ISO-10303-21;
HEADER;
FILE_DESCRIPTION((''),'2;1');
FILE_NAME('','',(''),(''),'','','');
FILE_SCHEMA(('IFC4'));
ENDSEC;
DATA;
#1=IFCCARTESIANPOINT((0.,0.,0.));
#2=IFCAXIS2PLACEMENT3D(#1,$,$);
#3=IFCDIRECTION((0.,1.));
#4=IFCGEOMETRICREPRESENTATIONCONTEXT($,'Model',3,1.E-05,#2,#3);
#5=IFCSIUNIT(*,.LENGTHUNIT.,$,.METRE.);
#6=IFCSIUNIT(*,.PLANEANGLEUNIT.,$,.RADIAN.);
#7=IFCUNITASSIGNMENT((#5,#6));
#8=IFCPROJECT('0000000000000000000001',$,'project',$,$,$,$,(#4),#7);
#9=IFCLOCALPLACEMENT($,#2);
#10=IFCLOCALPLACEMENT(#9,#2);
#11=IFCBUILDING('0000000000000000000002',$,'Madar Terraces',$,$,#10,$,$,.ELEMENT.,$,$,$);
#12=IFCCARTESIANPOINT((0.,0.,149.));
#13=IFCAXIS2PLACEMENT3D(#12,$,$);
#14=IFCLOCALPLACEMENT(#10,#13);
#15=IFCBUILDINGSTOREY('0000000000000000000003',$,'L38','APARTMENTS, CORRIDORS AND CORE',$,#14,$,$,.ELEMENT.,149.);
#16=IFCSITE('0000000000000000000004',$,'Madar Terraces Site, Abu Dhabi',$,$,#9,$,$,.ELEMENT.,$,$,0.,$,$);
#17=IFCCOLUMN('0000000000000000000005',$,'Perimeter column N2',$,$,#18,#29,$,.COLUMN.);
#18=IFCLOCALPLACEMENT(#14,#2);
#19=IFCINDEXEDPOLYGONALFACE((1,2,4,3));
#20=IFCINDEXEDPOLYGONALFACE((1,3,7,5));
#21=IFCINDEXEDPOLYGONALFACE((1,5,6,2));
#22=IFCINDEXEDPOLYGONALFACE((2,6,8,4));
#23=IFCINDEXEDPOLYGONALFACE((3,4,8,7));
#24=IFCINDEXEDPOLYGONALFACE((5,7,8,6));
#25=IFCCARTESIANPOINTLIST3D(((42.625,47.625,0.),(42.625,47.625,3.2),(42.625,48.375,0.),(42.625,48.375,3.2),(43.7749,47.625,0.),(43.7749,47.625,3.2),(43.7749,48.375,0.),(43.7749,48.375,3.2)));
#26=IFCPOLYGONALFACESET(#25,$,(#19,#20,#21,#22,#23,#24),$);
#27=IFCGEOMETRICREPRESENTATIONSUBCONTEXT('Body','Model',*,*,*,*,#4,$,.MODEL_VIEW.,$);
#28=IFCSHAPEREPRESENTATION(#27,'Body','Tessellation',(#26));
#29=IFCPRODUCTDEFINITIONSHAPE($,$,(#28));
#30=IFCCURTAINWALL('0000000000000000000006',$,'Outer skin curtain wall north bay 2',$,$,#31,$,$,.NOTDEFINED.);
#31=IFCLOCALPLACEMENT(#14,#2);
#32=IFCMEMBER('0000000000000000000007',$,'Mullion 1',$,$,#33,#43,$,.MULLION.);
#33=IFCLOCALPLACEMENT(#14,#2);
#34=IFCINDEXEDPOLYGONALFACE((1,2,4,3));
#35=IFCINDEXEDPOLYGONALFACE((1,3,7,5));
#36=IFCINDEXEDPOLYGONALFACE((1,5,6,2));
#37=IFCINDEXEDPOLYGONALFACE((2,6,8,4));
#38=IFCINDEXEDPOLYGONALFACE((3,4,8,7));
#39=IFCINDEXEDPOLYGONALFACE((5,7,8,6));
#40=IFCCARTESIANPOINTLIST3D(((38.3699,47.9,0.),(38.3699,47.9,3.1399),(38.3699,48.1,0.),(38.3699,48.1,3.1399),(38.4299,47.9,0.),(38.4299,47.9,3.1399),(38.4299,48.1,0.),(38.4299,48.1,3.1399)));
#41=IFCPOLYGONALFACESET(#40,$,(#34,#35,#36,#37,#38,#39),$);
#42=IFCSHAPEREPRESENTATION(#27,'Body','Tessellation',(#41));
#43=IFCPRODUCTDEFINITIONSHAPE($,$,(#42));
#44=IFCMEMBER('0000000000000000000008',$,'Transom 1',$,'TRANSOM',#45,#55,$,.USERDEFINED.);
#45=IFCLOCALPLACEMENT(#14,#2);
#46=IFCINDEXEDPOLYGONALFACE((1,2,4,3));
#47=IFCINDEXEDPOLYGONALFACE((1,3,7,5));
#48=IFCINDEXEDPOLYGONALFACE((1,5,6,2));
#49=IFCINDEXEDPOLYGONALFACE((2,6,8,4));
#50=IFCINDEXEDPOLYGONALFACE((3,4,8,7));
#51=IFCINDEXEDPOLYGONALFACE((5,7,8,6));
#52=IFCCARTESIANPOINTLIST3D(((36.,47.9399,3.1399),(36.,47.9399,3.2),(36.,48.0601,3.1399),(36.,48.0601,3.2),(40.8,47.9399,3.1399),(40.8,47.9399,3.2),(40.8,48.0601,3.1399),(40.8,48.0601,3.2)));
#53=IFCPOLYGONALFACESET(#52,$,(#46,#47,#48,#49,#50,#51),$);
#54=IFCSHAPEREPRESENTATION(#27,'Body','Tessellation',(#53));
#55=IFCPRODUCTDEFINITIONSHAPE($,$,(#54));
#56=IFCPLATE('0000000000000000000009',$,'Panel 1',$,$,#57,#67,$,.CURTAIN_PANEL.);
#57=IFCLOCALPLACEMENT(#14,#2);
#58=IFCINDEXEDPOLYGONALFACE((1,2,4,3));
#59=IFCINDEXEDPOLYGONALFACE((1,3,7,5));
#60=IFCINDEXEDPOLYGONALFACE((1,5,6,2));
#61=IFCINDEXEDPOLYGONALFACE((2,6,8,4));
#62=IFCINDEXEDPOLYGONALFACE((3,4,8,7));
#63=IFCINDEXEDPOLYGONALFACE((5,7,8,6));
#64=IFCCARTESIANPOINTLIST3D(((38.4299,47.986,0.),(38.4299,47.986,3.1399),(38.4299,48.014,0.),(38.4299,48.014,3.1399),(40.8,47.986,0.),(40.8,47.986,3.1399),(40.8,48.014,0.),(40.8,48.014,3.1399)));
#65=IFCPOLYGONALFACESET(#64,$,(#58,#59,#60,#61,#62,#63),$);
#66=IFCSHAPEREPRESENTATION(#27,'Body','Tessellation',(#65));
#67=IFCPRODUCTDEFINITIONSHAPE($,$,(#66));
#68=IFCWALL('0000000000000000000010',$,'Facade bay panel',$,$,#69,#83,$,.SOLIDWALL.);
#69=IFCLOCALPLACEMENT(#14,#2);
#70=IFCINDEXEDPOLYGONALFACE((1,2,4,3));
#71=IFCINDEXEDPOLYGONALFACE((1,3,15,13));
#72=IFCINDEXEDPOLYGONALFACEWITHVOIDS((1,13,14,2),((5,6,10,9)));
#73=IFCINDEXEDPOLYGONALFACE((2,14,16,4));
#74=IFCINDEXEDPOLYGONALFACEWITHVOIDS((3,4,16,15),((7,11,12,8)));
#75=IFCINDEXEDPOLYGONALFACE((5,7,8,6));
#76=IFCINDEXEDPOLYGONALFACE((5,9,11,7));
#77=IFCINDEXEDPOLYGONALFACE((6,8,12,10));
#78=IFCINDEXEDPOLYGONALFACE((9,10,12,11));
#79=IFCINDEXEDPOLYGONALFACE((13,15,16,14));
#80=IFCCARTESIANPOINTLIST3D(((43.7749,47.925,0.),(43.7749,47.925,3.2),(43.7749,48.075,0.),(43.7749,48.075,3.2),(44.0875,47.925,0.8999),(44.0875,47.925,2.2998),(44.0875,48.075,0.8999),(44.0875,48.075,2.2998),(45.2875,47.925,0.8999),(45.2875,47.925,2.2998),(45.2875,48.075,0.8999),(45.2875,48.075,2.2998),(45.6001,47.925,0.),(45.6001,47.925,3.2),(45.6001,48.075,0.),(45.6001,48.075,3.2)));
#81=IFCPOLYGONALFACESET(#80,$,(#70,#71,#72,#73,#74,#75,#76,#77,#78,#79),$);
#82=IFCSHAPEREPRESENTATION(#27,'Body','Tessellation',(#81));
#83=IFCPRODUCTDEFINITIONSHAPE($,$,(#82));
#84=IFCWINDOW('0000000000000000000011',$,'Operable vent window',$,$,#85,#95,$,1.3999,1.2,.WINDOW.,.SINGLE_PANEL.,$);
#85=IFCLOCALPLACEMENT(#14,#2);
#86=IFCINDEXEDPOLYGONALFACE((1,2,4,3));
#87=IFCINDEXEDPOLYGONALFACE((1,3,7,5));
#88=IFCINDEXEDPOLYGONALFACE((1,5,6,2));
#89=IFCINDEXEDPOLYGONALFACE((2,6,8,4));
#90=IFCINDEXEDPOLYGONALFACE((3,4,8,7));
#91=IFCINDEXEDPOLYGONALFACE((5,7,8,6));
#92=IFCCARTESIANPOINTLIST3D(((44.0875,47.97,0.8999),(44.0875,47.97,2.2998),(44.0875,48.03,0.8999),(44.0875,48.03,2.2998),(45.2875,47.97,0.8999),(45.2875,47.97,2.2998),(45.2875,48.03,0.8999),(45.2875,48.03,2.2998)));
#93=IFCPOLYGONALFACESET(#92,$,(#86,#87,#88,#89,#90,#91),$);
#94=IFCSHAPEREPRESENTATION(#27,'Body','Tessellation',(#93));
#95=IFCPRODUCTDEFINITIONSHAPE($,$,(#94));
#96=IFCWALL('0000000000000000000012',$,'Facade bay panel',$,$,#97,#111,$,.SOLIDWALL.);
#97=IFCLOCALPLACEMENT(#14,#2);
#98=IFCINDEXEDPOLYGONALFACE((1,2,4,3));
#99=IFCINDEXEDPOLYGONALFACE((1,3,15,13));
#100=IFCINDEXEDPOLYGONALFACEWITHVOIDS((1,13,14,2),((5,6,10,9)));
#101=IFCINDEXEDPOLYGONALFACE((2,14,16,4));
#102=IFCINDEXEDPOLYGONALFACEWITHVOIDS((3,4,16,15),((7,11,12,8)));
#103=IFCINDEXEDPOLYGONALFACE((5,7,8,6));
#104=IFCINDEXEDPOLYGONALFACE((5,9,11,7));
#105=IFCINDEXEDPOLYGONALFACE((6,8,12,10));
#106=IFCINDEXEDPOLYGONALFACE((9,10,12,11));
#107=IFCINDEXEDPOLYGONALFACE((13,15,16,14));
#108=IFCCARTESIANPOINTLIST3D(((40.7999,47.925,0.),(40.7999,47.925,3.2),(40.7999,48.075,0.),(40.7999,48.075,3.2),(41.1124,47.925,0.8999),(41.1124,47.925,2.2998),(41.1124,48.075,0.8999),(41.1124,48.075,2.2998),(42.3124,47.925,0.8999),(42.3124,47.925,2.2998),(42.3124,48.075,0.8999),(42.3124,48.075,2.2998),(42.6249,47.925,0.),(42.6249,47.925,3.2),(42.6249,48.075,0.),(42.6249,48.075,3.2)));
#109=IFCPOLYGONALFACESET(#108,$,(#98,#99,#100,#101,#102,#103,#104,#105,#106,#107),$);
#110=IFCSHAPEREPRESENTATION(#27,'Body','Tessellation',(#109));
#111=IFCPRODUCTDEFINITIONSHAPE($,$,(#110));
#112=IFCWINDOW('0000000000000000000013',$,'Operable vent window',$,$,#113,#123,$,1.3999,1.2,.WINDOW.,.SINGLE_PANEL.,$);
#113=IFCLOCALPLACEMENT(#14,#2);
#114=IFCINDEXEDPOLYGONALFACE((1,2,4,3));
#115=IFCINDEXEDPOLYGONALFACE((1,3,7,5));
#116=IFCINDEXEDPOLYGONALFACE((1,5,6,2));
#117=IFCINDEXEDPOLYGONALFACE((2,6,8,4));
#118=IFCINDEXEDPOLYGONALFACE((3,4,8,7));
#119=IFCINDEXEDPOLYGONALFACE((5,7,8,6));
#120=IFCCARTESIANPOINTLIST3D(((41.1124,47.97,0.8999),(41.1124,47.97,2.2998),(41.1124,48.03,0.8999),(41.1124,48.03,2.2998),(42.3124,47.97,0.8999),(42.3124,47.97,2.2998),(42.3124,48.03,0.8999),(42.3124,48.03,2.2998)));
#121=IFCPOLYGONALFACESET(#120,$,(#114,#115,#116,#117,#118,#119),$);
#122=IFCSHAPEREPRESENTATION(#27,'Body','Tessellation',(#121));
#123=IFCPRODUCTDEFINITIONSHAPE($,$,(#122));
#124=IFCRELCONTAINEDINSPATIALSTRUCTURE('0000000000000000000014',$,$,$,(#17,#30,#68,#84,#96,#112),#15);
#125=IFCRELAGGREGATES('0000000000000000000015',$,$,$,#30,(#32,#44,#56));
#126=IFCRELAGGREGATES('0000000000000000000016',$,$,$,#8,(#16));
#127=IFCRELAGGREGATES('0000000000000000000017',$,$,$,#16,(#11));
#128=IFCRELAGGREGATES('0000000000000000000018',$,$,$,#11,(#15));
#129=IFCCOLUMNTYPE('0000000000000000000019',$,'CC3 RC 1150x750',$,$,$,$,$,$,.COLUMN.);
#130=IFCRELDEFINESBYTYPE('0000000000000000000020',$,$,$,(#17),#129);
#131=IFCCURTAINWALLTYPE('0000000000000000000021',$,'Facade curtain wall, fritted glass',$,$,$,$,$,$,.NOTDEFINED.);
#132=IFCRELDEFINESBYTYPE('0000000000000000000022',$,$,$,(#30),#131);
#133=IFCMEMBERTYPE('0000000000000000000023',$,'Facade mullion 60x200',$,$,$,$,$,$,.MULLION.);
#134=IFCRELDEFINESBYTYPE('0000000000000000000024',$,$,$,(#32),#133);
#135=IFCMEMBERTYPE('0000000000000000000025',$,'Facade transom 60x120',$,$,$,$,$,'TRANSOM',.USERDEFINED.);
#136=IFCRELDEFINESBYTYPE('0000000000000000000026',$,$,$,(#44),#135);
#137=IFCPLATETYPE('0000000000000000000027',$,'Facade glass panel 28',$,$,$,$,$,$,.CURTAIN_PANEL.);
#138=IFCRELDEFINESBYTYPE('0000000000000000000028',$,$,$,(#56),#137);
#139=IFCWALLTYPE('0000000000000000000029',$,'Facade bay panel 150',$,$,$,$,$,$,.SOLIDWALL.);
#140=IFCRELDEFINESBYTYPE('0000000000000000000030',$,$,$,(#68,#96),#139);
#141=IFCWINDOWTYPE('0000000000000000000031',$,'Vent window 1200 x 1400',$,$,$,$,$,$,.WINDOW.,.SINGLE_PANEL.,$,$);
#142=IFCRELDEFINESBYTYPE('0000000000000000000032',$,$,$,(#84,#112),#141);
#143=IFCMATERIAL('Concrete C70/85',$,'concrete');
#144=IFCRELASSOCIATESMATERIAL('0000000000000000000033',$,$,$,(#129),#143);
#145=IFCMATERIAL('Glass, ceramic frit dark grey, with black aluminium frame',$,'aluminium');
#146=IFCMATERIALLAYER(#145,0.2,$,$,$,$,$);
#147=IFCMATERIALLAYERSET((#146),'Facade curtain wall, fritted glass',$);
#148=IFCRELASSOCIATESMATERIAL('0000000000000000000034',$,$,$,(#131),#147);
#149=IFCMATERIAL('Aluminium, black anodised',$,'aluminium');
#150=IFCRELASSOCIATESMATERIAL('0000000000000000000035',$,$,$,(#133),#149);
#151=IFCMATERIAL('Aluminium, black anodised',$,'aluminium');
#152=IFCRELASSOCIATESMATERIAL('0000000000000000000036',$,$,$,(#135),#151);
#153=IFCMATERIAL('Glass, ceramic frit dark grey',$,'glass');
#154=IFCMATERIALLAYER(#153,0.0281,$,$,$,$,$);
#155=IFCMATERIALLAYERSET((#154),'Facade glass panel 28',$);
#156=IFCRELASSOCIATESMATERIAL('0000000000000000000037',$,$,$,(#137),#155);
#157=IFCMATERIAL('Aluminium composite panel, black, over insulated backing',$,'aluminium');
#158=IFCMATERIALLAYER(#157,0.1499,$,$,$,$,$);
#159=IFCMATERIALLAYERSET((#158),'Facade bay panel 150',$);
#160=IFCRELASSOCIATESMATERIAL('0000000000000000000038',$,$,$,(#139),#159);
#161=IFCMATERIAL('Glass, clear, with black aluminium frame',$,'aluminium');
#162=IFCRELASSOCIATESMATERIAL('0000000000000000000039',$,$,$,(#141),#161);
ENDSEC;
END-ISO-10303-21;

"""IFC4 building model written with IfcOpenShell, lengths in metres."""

from ifc_helpers import new_model, si_unit, direction, frame, frame_2d, origin, origin_2d, place, context, subcontext, project, spatial, rectangle, extrude, material, layer, layer_set, material_profile, profile_set, type_object, element, fill, aggregate, save


model = new_model("IFC4")

# Units and contexts
model_context = context("Model", 3, precision=1e-05, world=origin(), true_north=direction((0.0, 1.0)))
body_context = subcontext(model_context, "Body", "Model", "MODEL_VIEW")
ifc_project = project(units=[si_unit("LENGTHUNIT", "METRE"), si_unit("PLANEANGLEUNIT", "RADIAN")], contexts=[model_context])

# Site, building, storey
site_placement = place(None, origin())
site = spatial("IfcSite", under=ifc_project, at=site_placement, Name="Madar Terraces Site, Abu Dhabi", CompositionType="ELEMENT", RefElevation=0.0)
building_placement = place(site_placement, origin())
building = spatial("IfcBuilding", under=site, at=building_placement, Name="Madar Terraces", CompositionType="ELEMENT")
storey_placement = place(building_placement, frame((0.0, 0.0, 149.0)))
storey = spatial("IfcBuildingStorey", under=building, at=storey_placement, Name="L38", Description="APARTMENTS, CORRIDORS AND CORE", CompositionType="ELEMENT", Elevation=149.0)

# Column
ifc_material_1 = material(Name="Concrete C70/85", Category="concrete")
ifc_material_profile_1 = material_profile(ifc_material_1, rectangle(XDim=1.1499, YDim=0.75, at=origin_2d()), Name="CC3 RC 1150x750")
ifc_profile_set_1 = profile_set([ifc_material_profile_1], Name="Concrete C70/85")
column_type = type_object("IfcColumnType", Name="CC3 RC 1150x750", PredefinedType="COLUMN", material=ifc_profile_set_1)
column_placement = place(storey_placement, frame((43.2, 48.0, 0.0), z_axis=(0.0, 0.0, 1.0), x_axis=(1.0, 0.0, 0.0)))
element("IfcColumn", 1, at=column_placement, inside=storey, type_object=column_type, Name="Perimeter column N2", PredefinedType="COLUMN", context=body_context, shape_type="SweptSolid", body=[
    extrude(rectangle(XDim=1.1499, YDim=0.75, at=origin_2d()), origin(), (0.0, 0.0, 1.0), 3.2),
])

# Curtain wall, members, plate
ifc_material_2 = material(Name="Glass, ceramic frit dark grey, with black aluminium frame", Category="aluminium")
ifc_layer_1 = layer(ifc_material_2, 0.2)
ifc_layer_set_1 = layer_set([ifc_layer_1], Name="Facade curtain wall, fritted glass")
curtain_wall_type = type_object("IfcCurtainWallType", Name="Facade curtain wall, fritted glass", PredefinedType="NOTDEFINED", material=ifc_layer_set_1)
curtain_wall_placement = place(storey_placement, origin())
curtain_wall = element("IfcCurtainWall", 2, at=curtain_wall_placement, inside=storey, type_object=curtain_wall_type, Name="Outer skin curtain wall north bay 2", PredefinedType="NOTDEFINED")
ifc_material_3 = material(Name="Aluminium, black anodised", Category="aluminium")
ifc_material_profile_2 = material_profile(ifc_material_3, rectangle(XDim=0.2, YDim=0.0601, at=origin_2d()), Name="Facade mullion 60x200")
ifc_profile_set_2 = profile_set([ifc_material_profile_2], Name="Aluminium, black anodised")
member_type_1 = type_object("IfcMemberType", Name="Facade mullion 60x200", PredefinedType="MULLION", material=ifc_profile_set_2)
member_1_placement = place(storey_placement, frame((38.3999, 48.0, 0.0), z_axis=(0.0, 0.0, 1.0), x_axis=(0.0, -1.0, 0.0)))
member_1 = element("IfcMember", 3, at=member_1_placement, type_object=member_type_1, Name="Mullion 1", PredefinedType="MULLION", context=body_context, shape_type="SweptSolid", body=[
    extrude(rectangle(XDim=0.2, YDim=0.0601, at=origin_2d()), origin(), (0.0, 0.0, 1.0), 3.1399),
])
ifc_material_4 = material(Name="Aluminium, black anodised", Category="aluminium")
ifc_material_profile_3 = material_profile(ifc_material_4, rectangle(XDim=0.1201, YDim=0.0601, at=origin_2d()), Name="Facade transom 60x120")
ifc_profile_set_3 = profile_set([ifc_material_profile_3], Name="Aluminium, black anodised")
member_type_2 = type_object("IfcMemberType", Name="Facade transom 60x120", ElementType="TRANSOM", PredefinedType="USERDEFINED", material=ifc_profile_set_3)
member_2_placement = place(storey_placement, frame((40.8, 48.0, 3.1699), z_axis=(-1.0, 0.0, 0.0), x_axis=(0.0, -1.0, 0.0)))
member_2 = element("IfcMember", 4, at=member_2_placement, type_object=member_type_2, Name="Transom 1", ObjectType="TRANSOM", PredefinedType="USERDEFINED", context=body_context, shape_type="SweptSolid", body=[
    extrude(rectangle(XDim=0.1201, YDim=0.0601, at=origin_2d()), origin(), (0.0, 0.0, 1.0), 4.8),
])
ifc_material_5 = material(Name="Glass, ceramic frit dark grey", Category="glass")
ifc_layer_2 = layer(ifc_material_5, 0.0281)
ifc_layer_set_2 = layer_set([ifc_layer_2], Name="Facade glass panel 28")
plate_type = type_object("IfcPlateType", Name="Facade glass panel 28", PredefinedType="CURTAIN_PANEL", material=ifc_layer_set_2)
plate_placement = place(storey_placement, frame((39.615, 48.0, 0.0), z_axis=(0.0, 0.0, 1.0), x_axis=(-1.0, 0.0, 0.0)))
plate = element("IfcPlate", 5, at=plate_placement, type_object=plate_type, Name="Panel 1", PredefinedType="CURTAIN_PANEL", context=body_context, shape_type="SweptSolid", body=[
    extrude(rectangle(XDim=2.3701, YDim=0.0281, at=origin_2d()), origin(), (0.0, 0.0, 1.0), 3.1399),
])
aggregate(curtain_wall, [member_1, member_2, plate])

# Walls, openings, windows
ifc_material_6 = material(Name="Aluminium composite panel, black, over insulated backing", Category="aluminium")
ifc_layer_3 = layer(ifc_material_6, 0.1499)
ifc_layer_set_3 = layer_set([ifc_layer_3], Name="Facade bay panel 150")
wall_type_1 = type_object("IfcWallType", Name="Facade bay panel 150", PredefinedType="SOLIDWALL", material=ifc_layer_set_3)
wall_1_placement = place(storey_placement, frame((45.6001, 48.0, 0.0), z_axis=(0.0, 0.0, 1.0), x_axis=(-1.0, 0.0, 0.0)))
wall_1 = element("IfcWall", 6, at=wall_1_placement, inside=storey, type_object=wall_type_1, Name="Facade bay panel", PredefinedType="SOLIDWALL", context=body_context, shape_type="SweptSolid", body=[
    extrude(rectangle(XDim=1.8252, YDim=0.1499, at=frame_2d((0.9126, 0.0))), origin(), (0.0, 0.0, 1.0), 3.2),
])
opening_1_placement = place(wall_1_placement, frame((0.3125, 0.0, 0.8999)))
opening_1 = element("IfcOpeningElement", 7, at=opening_1_placement, cuts=wall_1, PredefinedType="OPENING", context=body_context, shape_type="SweptSolid", body=[
    extrude(rectangle(XDim=1.2, YDim=1.3999, at=frame_2d((0.6001, 0.7))), frame((0.0, 0.085, 0.0), z_axis=(0.0, -1.0, 0.0), x_axis=(1.0, 0.0, 0.0)), (0.0, 0.0, 1.0), 0.1699),
])
ifc_material_7 = material(Name="Glass, clear, with black aluminium frame", Category="aluminium")
window_type = type_object("IfcWindowType", Name="Vent window 1200 x 1400", PartitioningType="SINGLE_PANEL", PredefinedType="WINDOW", material=ifc_material_7)
window_1_placement = place(opening_1_placement, origin())
window_1 = element("IfcWindow", 8, at=window_1_placement, inside=storey, type_object=window_type, Name="Operable vent window", OverallHeight=1.3999, OverallWidth=1.2, PartitioningType="SINGLE_PANEL", PredefinedType="WINDOW", context=body_context, shape_type="SweptSolid", body=[
    extrude(rectangle(XDim=1.2, YDim=1.3999, at=frame_2d((0.6001, 0.7))), frame((0.0, 0.03, 0.0), z_axis=(0.0, -1.0, 0.0), x_axis=(1.0, 0.0, 0.0)), (0.0, 0.0, 1.0), 0.0601),
])
fill(opening_1, window_1)
wall_2_placement = place(storey_placement, frame((42.625, 48.0, 0.0), z_axis=(0.0, 0.0, 1.0), x_axis=(-1.0, 0.0, 0.0)))
wall_2 = element("IfcWall", 9, at=wall_2_placement, inside=storey, type_object=wall_type_1, Name="Facade bay panel", PredefinedType="SOLIDWALL", context=body_context, shape_type="SweptSolid", body=[
    extrude(rectangle(XDim=1.825, YDim=0.1499, at=frame_2d((0.9126, 0.0))), origin(), (0.0, 0.0, 1.0), 3.2),
])
opening_2_placement = place(wall_2_placement, frame((0.3125, 0.0, 0.8999)))
opening_2 = element("IfcOpeningElement", 10, at=opening_2_placement, cuts=wall_2, PredefinedType="OPENING", context=body_context, shape_type="SweptSolid", body=[
    extrude(rectangle(XDim=1.2, YDim=1.3999, at=frame_2d((0.6001, 0.7))), frame((0.0, 0.085, 0.0), z_axis=(0.0, -1.0, 0.0), x_axis=(1.0, 0.0, 0.0)), (0.0, 0.0, 1.0), 0.1699),
])
window_2_placement = place(opening_2_placement, origin())
window_2 = element("IfcWindow", 11, at=window_2_placement, inside=storey, type_object=window_type, Name="Operable vent window", OverallHeight=1.3999, OverallWidth=1.2, PartitioningType="SINGLE_PANEL", PredefinedType="WINDOW", context=body_context, shape_type="SweptSolid", body=[
    extrude(rectangle(XDim=1.2, YDim=1.3999, at=frame_2d((0.6001, 0.7))), frame((0.0, 0.03, 0.0), z_axis=(0.0, -1.0, 0.0), x_axis=(1.0, 0.0, 0.0)), (0.0, 0.0, 1.0), 0.0601),
])
fill(opening_2, window_2)

save(model, "model.ifc")
